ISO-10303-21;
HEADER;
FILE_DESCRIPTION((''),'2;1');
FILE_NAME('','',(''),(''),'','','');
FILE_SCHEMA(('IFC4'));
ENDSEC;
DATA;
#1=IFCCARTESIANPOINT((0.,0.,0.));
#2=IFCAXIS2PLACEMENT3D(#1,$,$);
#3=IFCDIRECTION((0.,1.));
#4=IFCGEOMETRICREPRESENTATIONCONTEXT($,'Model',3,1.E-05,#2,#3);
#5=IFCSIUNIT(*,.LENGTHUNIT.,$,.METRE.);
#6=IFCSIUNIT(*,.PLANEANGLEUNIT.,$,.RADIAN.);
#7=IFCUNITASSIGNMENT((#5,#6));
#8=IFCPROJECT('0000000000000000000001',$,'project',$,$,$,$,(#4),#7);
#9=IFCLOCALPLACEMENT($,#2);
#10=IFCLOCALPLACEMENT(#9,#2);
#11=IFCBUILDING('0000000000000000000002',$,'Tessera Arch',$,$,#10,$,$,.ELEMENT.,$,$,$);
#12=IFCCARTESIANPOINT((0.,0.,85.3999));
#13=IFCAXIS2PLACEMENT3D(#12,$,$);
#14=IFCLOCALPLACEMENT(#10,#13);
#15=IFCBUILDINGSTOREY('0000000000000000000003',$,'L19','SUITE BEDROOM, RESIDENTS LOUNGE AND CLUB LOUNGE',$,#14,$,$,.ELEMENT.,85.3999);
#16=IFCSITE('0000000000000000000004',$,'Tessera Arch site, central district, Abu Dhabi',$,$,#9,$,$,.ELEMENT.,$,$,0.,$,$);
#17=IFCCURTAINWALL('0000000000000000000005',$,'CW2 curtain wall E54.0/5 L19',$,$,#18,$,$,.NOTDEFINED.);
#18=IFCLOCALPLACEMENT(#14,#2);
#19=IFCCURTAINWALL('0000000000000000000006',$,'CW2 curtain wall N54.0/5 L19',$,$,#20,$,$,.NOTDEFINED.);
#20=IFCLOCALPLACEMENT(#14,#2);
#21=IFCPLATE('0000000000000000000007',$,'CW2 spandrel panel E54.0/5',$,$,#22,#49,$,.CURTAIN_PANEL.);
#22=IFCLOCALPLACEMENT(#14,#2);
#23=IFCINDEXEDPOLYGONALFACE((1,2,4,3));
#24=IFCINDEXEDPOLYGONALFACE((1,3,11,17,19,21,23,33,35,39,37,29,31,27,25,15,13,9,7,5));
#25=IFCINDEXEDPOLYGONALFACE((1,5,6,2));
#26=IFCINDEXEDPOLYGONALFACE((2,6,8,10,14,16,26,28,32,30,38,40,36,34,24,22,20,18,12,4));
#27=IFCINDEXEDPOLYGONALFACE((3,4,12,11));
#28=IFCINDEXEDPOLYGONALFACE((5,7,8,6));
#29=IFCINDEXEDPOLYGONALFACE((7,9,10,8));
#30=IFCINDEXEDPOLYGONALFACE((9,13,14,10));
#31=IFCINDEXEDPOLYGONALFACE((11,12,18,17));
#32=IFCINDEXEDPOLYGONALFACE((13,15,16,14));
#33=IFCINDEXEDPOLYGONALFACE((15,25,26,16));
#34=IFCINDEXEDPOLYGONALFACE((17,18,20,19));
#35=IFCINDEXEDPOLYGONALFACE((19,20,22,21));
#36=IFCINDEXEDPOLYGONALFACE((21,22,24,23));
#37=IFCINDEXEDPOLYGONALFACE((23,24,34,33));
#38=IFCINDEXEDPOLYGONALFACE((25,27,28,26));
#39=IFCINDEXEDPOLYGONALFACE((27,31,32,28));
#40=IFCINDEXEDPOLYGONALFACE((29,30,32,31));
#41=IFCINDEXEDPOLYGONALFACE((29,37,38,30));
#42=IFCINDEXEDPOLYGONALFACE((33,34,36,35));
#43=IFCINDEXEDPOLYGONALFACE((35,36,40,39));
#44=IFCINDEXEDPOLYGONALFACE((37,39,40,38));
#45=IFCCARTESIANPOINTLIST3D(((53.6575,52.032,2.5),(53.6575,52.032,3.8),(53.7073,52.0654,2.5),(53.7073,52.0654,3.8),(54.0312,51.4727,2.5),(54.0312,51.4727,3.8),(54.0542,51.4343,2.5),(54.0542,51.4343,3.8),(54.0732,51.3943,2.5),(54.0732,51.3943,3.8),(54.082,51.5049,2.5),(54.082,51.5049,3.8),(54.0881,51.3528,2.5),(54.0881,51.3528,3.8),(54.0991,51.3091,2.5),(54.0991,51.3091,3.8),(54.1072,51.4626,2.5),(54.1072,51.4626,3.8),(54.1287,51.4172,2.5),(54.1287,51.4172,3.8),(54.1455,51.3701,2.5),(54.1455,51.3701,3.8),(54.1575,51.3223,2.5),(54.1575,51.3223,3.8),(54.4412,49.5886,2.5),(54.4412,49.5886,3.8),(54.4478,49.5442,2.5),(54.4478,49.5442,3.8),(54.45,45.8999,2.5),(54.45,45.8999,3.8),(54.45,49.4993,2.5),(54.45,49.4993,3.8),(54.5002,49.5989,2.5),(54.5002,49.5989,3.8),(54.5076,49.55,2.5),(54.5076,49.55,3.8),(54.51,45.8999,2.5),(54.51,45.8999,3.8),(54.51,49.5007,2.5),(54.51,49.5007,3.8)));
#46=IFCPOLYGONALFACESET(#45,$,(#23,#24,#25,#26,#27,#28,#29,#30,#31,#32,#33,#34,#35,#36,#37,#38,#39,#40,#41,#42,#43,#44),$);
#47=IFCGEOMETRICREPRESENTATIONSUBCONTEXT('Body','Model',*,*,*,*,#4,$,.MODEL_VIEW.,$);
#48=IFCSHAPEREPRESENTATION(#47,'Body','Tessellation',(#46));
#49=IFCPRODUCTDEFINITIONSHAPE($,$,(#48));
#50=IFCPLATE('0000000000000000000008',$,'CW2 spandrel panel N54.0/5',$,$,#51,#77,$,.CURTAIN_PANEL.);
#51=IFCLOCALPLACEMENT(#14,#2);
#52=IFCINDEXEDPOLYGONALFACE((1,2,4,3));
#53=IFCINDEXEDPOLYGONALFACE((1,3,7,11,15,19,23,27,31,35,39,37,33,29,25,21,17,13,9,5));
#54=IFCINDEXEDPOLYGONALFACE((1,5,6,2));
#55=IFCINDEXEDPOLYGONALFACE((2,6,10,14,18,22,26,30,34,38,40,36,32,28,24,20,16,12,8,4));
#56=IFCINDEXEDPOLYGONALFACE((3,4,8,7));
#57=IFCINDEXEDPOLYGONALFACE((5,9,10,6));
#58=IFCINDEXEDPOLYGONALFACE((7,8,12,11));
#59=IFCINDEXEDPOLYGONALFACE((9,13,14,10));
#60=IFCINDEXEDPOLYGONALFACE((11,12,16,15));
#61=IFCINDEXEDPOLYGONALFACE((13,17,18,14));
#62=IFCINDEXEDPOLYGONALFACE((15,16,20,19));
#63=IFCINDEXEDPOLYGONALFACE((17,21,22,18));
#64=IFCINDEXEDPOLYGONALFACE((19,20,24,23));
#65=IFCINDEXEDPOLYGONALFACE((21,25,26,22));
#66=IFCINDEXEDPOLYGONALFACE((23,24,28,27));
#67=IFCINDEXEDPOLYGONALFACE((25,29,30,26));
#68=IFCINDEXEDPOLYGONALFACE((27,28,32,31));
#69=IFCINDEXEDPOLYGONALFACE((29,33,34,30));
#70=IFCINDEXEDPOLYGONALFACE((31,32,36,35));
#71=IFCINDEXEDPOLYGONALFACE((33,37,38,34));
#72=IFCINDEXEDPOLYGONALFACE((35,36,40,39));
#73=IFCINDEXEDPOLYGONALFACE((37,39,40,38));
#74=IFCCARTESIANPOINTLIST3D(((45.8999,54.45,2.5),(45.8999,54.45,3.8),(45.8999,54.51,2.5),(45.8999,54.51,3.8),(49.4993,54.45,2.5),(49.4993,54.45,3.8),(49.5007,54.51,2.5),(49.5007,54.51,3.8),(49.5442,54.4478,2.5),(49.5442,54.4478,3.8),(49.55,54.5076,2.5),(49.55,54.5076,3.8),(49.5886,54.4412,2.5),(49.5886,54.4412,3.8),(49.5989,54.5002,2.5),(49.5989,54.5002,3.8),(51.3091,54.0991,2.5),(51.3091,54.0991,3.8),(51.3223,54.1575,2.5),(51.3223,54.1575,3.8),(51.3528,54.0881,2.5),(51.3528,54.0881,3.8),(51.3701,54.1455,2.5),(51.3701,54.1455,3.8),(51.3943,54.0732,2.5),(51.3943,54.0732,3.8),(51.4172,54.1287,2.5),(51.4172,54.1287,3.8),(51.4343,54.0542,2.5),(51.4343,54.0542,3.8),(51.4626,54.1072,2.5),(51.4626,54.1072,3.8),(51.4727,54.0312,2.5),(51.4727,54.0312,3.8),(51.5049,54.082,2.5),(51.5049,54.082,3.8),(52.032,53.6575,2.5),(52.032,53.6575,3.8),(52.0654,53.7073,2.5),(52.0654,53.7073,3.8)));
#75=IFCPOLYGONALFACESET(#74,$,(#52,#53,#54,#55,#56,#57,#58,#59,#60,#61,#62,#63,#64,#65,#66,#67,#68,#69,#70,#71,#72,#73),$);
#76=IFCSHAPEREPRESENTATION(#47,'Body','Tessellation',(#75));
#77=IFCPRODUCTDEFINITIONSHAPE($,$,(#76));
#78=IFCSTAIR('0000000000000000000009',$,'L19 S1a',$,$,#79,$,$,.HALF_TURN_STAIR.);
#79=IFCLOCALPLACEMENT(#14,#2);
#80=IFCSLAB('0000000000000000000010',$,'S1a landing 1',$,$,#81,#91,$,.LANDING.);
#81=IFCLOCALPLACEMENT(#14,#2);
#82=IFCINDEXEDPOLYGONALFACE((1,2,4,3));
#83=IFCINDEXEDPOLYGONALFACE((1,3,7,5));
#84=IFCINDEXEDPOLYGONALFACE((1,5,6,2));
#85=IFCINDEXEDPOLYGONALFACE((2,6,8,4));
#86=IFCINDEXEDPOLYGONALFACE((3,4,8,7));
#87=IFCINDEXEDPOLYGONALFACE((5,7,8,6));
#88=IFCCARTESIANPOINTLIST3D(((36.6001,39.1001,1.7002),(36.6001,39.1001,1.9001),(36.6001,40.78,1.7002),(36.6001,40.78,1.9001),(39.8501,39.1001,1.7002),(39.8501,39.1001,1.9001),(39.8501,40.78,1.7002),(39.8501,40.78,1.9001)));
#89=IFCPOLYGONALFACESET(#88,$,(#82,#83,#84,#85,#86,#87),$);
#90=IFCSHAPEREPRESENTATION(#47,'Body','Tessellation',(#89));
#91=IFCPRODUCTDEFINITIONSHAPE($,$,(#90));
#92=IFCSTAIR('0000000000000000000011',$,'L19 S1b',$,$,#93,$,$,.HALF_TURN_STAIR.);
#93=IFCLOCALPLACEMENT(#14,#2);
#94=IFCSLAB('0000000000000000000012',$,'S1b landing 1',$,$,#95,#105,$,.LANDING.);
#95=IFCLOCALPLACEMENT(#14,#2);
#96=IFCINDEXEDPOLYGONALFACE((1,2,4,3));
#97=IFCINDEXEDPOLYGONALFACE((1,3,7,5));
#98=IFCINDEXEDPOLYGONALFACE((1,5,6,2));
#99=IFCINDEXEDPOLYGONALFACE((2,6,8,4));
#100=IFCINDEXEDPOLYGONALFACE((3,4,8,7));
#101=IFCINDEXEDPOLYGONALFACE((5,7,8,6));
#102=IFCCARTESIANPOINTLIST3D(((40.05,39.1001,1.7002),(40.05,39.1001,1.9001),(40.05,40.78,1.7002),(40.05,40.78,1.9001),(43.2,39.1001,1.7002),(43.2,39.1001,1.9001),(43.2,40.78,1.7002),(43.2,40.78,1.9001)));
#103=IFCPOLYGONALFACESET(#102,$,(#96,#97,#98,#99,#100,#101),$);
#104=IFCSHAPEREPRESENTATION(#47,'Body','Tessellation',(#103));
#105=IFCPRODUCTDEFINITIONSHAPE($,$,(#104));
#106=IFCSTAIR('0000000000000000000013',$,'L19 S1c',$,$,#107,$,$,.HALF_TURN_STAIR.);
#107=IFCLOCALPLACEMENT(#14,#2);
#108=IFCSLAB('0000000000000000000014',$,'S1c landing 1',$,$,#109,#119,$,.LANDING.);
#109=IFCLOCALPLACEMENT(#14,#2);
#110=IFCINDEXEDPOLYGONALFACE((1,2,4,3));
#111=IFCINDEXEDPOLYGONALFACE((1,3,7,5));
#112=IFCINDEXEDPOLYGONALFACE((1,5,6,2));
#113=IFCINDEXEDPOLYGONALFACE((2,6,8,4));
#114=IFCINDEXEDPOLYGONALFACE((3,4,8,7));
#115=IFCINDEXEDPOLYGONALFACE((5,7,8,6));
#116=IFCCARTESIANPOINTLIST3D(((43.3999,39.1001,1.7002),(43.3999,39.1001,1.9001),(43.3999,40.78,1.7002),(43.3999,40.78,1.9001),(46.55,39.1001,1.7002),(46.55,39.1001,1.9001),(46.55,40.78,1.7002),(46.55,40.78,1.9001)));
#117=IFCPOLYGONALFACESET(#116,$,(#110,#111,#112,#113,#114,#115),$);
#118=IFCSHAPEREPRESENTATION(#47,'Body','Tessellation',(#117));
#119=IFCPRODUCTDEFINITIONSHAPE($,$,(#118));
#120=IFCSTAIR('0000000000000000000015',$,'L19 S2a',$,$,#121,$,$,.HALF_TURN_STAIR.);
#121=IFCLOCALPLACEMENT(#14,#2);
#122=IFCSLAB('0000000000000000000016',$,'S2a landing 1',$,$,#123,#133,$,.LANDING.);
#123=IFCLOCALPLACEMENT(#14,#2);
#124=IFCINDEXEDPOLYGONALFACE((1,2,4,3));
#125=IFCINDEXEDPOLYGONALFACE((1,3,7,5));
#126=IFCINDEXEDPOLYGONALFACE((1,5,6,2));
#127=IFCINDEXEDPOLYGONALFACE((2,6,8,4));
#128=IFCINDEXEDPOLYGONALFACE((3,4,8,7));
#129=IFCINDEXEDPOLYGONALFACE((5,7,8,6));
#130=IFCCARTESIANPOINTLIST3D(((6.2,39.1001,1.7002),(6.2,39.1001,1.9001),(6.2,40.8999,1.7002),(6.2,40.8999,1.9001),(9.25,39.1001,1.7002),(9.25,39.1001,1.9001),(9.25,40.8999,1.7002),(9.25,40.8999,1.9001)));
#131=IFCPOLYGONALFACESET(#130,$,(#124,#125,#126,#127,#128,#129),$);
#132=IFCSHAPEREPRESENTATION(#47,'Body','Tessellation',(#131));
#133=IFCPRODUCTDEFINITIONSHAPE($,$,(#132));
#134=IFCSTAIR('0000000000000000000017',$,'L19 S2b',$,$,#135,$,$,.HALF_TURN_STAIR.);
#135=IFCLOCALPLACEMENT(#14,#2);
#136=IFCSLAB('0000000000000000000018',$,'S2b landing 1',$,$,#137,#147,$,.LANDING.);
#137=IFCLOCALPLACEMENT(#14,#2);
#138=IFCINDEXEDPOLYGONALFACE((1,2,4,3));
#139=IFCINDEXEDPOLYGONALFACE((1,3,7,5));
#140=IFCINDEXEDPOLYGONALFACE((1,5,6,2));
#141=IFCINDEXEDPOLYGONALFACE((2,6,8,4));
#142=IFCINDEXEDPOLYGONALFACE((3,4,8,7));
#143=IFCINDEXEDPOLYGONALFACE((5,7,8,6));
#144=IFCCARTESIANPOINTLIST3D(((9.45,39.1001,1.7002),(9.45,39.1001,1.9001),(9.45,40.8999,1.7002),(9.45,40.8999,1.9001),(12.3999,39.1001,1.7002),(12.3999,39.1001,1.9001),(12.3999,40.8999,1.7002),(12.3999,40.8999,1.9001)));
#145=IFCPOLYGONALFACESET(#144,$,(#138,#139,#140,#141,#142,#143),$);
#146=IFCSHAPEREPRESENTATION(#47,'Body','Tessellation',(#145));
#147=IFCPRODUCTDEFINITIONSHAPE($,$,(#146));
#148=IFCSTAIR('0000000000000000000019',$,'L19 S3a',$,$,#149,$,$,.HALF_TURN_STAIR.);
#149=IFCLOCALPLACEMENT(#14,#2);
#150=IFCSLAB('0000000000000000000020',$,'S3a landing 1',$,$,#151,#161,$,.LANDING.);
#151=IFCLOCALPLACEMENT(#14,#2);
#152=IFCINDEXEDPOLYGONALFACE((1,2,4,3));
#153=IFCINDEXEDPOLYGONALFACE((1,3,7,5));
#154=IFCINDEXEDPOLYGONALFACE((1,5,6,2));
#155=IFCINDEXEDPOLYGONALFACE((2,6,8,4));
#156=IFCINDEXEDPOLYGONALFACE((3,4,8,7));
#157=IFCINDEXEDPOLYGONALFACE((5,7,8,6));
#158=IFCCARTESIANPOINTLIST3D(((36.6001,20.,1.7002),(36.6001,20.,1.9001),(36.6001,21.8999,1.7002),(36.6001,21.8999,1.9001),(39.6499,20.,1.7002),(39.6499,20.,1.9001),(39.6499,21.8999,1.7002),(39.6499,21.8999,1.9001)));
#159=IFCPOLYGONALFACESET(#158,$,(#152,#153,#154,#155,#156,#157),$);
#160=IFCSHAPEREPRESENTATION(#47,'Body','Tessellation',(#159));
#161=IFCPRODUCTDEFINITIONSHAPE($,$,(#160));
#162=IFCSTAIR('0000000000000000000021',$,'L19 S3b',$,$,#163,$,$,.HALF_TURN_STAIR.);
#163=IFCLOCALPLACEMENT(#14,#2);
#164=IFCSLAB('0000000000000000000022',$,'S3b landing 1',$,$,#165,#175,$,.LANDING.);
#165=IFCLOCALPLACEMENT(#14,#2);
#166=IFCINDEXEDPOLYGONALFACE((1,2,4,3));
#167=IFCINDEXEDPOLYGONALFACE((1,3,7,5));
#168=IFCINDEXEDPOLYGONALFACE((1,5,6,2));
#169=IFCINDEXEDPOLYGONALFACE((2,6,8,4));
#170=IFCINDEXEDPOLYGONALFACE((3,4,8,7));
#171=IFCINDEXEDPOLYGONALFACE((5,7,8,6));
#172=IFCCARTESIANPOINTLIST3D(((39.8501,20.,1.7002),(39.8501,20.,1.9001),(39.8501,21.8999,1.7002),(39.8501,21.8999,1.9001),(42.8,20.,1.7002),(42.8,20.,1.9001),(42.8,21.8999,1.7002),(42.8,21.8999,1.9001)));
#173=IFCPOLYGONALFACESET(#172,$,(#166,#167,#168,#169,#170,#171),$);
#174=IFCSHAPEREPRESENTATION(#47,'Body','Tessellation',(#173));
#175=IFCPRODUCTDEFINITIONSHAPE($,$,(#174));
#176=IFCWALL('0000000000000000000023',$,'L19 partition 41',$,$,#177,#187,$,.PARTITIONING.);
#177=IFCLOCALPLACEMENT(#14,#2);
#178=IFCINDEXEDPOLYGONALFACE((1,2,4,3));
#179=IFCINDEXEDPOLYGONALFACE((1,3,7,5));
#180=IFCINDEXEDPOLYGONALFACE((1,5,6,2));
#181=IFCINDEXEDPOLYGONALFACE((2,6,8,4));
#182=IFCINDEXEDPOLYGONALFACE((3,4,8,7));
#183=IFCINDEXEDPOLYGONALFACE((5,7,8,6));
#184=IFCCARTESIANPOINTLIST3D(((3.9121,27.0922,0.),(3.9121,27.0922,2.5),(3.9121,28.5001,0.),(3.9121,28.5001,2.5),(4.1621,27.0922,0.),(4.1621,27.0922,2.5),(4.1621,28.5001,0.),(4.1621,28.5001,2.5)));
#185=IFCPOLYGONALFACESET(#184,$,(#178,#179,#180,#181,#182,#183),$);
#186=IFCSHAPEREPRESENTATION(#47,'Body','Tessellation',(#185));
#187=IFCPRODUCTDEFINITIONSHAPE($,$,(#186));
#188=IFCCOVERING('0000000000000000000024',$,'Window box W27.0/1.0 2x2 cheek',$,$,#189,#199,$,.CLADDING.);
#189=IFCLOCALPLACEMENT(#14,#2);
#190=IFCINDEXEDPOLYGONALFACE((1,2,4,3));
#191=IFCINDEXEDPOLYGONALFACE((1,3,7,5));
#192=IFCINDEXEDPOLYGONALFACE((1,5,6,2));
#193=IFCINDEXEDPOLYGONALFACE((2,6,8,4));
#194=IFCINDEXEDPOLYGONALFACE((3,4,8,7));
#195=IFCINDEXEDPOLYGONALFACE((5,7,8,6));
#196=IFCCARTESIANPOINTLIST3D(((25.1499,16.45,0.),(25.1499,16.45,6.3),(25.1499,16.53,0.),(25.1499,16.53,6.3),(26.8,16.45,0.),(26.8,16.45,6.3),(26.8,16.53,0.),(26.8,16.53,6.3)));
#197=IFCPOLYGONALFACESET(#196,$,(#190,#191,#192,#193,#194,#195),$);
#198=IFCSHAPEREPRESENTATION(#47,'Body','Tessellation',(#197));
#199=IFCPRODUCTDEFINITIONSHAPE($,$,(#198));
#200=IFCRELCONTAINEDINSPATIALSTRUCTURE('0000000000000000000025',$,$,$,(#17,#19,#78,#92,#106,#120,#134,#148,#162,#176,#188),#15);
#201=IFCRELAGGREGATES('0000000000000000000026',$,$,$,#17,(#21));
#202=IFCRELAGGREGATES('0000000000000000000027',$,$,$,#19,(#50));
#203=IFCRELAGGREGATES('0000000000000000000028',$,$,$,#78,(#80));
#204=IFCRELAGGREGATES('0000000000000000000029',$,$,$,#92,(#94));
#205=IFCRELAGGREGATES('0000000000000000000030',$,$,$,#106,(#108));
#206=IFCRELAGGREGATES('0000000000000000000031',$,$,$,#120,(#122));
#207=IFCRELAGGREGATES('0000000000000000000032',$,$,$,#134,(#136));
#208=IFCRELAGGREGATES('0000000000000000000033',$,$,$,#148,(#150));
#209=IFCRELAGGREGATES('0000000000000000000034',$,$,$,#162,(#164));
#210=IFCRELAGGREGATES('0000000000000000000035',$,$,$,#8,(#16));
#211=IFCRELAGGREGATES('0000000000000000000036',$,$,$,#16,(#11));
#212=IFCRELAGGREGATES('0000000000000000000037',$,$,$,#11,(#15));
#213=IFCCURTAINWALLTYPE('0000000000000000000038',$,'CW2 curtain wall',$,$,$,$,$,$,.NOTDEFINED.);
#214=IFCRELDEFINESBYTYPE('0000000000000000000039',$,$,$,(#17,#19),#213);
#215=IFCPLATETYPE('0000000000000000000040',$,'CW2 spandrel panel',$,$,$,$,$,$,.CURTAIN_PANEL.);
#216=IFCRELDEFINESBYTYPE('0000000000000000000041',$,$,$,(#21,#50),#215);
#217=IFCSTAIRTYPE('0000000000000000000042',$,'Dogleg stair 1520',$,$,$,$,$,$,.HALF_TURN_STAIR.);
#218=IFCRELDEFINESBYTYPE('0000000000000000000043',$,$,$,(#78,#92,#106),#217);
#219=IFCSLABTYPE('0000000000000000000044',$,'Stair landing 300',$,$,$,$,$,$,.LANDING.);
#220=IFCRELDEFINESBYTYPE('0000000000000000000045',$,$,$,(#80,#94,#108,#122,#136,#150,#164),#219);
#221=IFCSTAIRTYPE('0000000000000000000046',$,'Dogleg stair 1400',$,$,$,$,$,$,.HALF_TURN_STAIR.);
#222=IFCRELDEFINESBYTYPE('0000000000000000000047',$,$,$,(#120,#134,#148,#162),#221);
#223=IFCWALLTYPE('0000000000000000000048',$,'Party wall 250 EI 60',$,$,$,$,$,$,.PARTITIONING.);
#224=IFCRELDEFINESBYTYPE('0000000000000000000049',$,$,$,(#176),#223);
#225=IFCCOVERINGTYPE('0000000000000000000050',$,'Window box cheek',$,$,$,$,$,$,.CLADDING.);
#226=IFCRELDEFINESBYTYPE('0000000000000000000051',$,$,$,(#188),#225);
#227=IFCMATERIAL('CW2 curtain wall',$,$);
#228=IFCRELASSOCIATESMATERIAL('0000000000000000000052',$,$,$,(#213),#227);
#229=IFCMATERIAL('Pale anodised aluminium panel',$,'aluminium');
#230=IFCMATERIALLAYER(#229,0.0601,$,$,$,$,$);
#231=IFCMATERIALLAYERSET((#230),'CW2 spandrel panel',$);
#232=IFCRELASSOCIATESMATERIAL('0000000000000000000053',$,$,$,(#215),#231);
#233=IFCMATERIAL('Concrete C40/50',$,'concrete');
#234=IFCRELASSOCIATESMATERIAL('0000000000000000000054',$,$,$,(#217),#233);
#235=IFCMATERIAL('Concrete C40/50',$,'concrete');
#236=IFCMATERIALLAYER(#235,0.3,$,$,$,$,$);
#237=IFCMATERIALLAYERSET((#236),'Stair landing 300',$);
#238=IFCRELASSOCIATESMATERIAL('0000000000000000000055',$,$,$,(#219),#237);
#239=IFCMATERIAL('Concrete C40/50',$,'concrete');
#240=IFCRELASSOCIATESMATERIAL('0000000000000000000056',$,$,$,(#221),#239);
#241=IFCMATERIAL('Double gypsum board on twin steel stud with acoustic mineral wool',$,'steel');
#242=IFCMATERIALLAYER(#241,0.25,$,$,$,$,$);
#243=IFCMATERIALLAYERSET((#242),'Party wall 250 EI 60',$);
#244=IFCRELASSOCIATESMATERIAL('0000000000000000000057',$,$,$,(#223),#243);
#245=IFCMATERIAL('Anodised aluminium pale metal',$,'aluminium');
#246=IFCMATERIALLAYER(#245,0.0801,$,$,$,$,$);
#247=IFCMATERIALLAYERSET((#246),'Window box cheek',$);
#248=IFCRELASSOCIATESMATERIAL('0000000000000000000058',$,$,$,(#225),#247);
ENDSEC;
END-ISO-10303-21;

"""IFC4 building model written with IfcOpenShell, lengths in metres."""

from ifc_helpers import new_model, si_unit, direction, frame, frame_2d, origin, place, context, subcontext, project, spatial, polyline, rectangle, outline, extrude, material, layer, layer_set, type_object, element, aggregate, save


model = new_model("IFC4")

# Units and contexts
model_context = context("Model", 3, precision=1e-05, world=origin(), true_north=direction((0.0, 1.0)))
body_context = subcontext(model_context, "Body", "Model", "MODEL_VIEW")
ifc_project = project(units=[si_unit("LENGTHUNIT", "METRE"), si_unit("PLANEANGLEUNIT", "RADIAN")], contexts=[model_context])

# Site, building, storey
site_placement = place(None, origin())
site = spatial("IfcSite", under=ifc_project, at=site_placement, Name="Tessera Arch site, central district, Abu Dhabi", CompositionType="ELEMENT", RefElevation=0.0)
building_placement = place(site_placement, origin())
building = spatial("IfcBuilding", under=site, at=building_placement, Name="Tessera Arch", CompositionType="ELEMENT")
storey_placement = place(building_placement, frame((0.0, 0.0, 85.3999)))
storey = spatial("IfcBuildingStorey", under=building, at=storey_placement, Name="L19", Description="SUITE BEDROOM, RESIDENTS LOUNGE AND CLUB LOUNGE", CompositionType="ELEMENT", Elevation=85.3999)

# Curtain walls
ifc_material_1 = material(Name="CW2 curtain wall")
curtain_wall_type = type_object("IfcCurtainWallType", Name="CW2 curtain wall", PredefinedType="NOTDEFINED", material=ifc_material_1)
curtain_wall_1_placement = place(storey_placement, origin())
curtain_wall_1 = element("IfcCurtainWall", 1, at=curtain_wall_1_placement, inside=storey, type_object=curtain_wall_type, Name="CW2 curtain wall E54.0/5 L19", PredefinedType="NOTDEFINED")
curtain_wall_2_placement = place(storey_placement, origin())
curtain_wall_2 = element("IfcCurtainWall", 2, at=curtain_wall_2_placement, inside=storey, type_object=curtain_wall_type, Name="CW2 curtain wall N54.0/5 L19", PredefinedType="NOTDEFINED")

# Plates
ifc_material_2 = material(Name="Pale anodised aluminium panel", Category="aluminium")
ifc_layer_1 = layer(ifc_material_2, 0.0601)
ifc_layer_set_1 = layer_set([ifc_layer_1], Name="CW2 spandrel panel")
plate_type_1 = type_object("IfcPlateType", Name="CW2 spandrel panel", PredefinedType="CURTAIN_PANEL", material=ifc_layer_set_1)
plate_1_placement = place(storey_placement, frame((0.0, 0.0, 2.5)))
plate_1 = element("IfcPlate", 3, at=plate_1_placement, type_object=plate_type_1, Name="CW2 spandrel panel E54.0/5", PredefinedType="CURTAIN_PANEL", context=body_context, shape_type="SweptSolid", body=[
    extrude(outline(polyline([(54.45, 49.4993), (54.45, 45.8999), (54.51, 45.8999), (54.51, 49.5007), (54.5076, 49.55), (54.5002, 49.5989), (54.1575, 51.3223), (54.1455, 51.3701), (54.1287, 51.4172), (54.1072, 51.4626), (54.082, 51.5049), (53.7073, 52.0654), (53.6575, 52.032), (54.0312, 51.4727), (54.0542, 51.4343), (54.0732, 51.3943), (54.0881, 51.3528), (54.0991, 51.3091), (54.4412, 49.5886), (54.4478, 49.5442), (54.45, 49.4993)])), origin(), (0.0, 0.0, 1.0), 1.3),
])
aggregate(curtain_wall_1, [plate_1])
plate_2_placement = place(storey_placement, frame((0.0, 0.0, 2.5)))
plate_2 = element("IfcPlate", 4, at=plate_2_placement, type_object=plate_type_1, Name="CW2 spandrel panel N54.0/5", PredefinedType="CURTAIN_PANEL", context=body_context, shape_type="SweptSolid", body=[
    extrude(outline(polyline([(51.4727, 54.0312), (52.032, 53.6575), (52.0654, 53.7073), (51.5049, 54.082), (51.4626, 54.1072), (51.4172, 54.1287), (51.3701, 54.1455), (51.3223, 54.1575), (49.5989, 54.5002), (49.55, 54.5076), (49.5007, 54.51), (45.8999, 54.51), (45.8999, 54.45), (49.4993, 54.45), (49.5442, 54.4478), (49.5886, 54.4412), (51.3091, 54.0991), (51.3528, 54.0881), (51.3943, 54.0732), (51.4343, 54.0542), (51.4727, 54.0312)])), origin(), (0.0, 0.0, 1.0), 1.3),
])
aggregate(curtain_wall_2, [plate_2])

# Stairs, slabs
ifc_material_3 = material(Name="Concrete C40/50", Category="concrete")
stair_type_1 = type_object("IfcStairType", Name="Dogleg stair 1520", PredefinedType="HALF_TURN_STAIR", material=ifc_material_3)
stair_1_placement = place(storey_placement, origin())
stair_1 = element("IfcStair", 5, at=stair_1_placement, inside=storey, type_object=stair_type_1, Name="L19 S1a", PredefinedType="HALF_TURN_STAIR")
ifc_material_4 = material(Name="Concrete C40/50", Category="concrete")
ifc_layer_2 = layer(ifc_material_4, 0.3)
ifc_layer_set_2 = layer_set([ifc_layer_2], Name="Stair landing 300")
slab_type = type_object("IfcSlabType", Name="Stair landing 300", PredefinedType="LANDING", material=ifc_layer_set_2)
slab_1_placement = place(storey_placement, frame((0.0, 0.0, 1.7002)))
slab_1 = element("IfcSlab", 6, at=slab_1_placement, type_object=slab_type, Name="S1a landing 1", PredefinedType="LANDING", context=body_context, shape_type="SweptSolid", body=[
    extrude(outline(polyline([(36.6001, 40.78), (36.6001, 39.1001), (39.8501, 39.1001), (39.8501, 40.78), (36.6001, 40.78)])), origin(), (0.0, 0.0, 1.0), 0.2),
])
aggregate(stair_1, [slab_1])
stair_2_placement = place(storey_placement, origin())
stair_2 = element("IfcStair", 7, at=stair_2_placement, inside=storey, type_object=stair_type_1, Name="L19 S1b", PredefinedType="HALF_TURN_STAIR")
slab_2_placement = place(storey_placement, frame((0.0, 0.0, 1.7002)))
slab_2 = element("IfcSlab", 8, at=slab_2_placement, type_object=slab_type, Name="S1b landing 1", PredefinedType="LANDING", context=body_context, shape_type="SweptSolid", body=[
    extrude(outline(polyline([(40.05, 40.78), (40.05, 39.1001), (43.2, 39.1001), (43.2, 40.78), (40.05, 40.78)])), origin(), (0.0, 0.0, 1.0), 0.2),
])
aggregate(stair_2, [slab_2])
stair_3_placement = place(storey_placement, origin())
stair_3 = element("IfcStair", 9, at=stair_3_placement, inside=storey, type_object=stair_type_1, Name="L19 S1c", PredefinedType="HALF_TURN_STAIR")
slab_3_placement = place(storey_placement, frame((0.0, 0.0, 1.7002)))
slab_3 = element("IfcSlab", 10, at=slab_3_placement, type_object=slab_type, Name="S1c landing 1", PredefinedType="LANDING", context=body_context, shape_type="SweptSolid", body=[
    extrude(outline(polyline([(43.3999, 40.78), (43.3999, 39.1001), (46.55, 39.1001), (46.55, 40.78), (43.3999, 40.78)])), origin(), (0.0, 0.0, 1.0), 0.2),
])
aggregate(stair_3, [slab_3])
ifc_material_5 = material(Name="Concrete C40/50", Category="concrete")
stair_type_2 = type_object("IfcStairType", Name="Dogleg stair 1400", PredefinedType="HALF_TURN_STAIR", material=ifc_material_5)
stair_4_placement = place(storey_placement, origin())
stair_4 = element("IfcStair", 11, at=stair_4_placement, inside=storey, type_object=stair_type_2, Name="L19 S2a", PredefinedType="HALF_TURN_STAIR")
slab_4_placement = place(storey_placement, frame((0.0, 0.0, 1.7002)))
slab_4 = element("IfcSlab", 12, at=slab_4_placement, type_object=slab_type, Name="S2a landing 1", PredefinedType="LANDING", context=body_context, shape_type="SweptSolid", body=[
    extrude(outline(polyline([(6.2, 40.8999), (6.2, 39.1001), (9.25, 39.1001), (9.25, 40.8999), (6.2, 40.8999)])), origin(), (0.0, 0.0, 1.0), 0.2),
])
aggregate(stair_4, [slab_4])
stair_5_placement = place(storey_placement, origin())
stair_5 = element("IfcStair", 13, at=stair_5_placement, inside=storey, type_object=stair_type_2, Name="L19 S2b", PredefinedType="HALF_TURN_STAIR")
slab_5_placement = place(storey_placement, frame((0.0, 0.0, 1.7002)))
slab_5 = element("IfcSlab", 14, at=slab_5_placement, type_object=slab_type, Name="S2b landing 1", PredefinedType="LANDING", context=body_context, shape_type="SweptSolid", body=[
    extrude(outline(polyline([(9.45, 40.8999), (9.45, 39.1001), (12.3999, 39.1001), (12.3999, 40.8999), (9.45, 40.8999)])), origin(), (0.0, 0.0, 1.0), 0.2),
])
aggregate(stair_5, [slab_5])
stair_6_placement = place(storey_placement, origin())
stair_6 = element("IfcStair", 15, at=stair_6_placement, inside=storey, type_object=stair_type_2, Name="L19 S3a", PredefinedType="HALF_TURN_STAIR")
slab_6_placement = place(storey_placement, frame((0.0, 0.0, 1.7002)))
slab_6 = element("IfcSlab", 16, at=slab_6_placement, type_object=slab_type, Name="S3a landing 1", PredefinedType="LANDING", context=body_context, shape_type="SweptSolid", body=[
    extrude(outline(polyline([(39.6499, 20.0), (39.6499, 21.8999), (36.6001, 21.8999), (36.6001, 20.0), (39.6499, 20.0)])), origin(), (0.0, 0.0, 1.0), 0.2),
])
aggregate(stair_6, [slab_6])
stair_7_placement = place(storey_placement, origin())
stair_7 = element("IfcStair", 17, at=stair_7_placement, inside=storey, type_object=stair_type_2, Name="L19 S3b", PredefinedType="HALF_TURN_STAIR")
slab_7_placement = place(storey_placement, frame((0.0, 0.0, 1.7002)))
slab_7 = element("IfcSlab", 18, at=slab_7_placement, type_object=slab_type, Name="S3b landing 1", PredefinedType="LANDING", context=body_context, shape_type="SweptSolid", body=[
    extrude(outline(polyline([(42.8, 20.0), (42.8, 21.8999), (39.8501, 21.8999), (39.8501, 20.0), (42.8, 20.0)])), origin(), (0.0, 0.0, 1.0), 0.2),
])
aggregate(stair_7, [slab_7])

# Wall
ifc_material_6 = material(Name="Double gypsum board on twin steel stud with acoustic mineral wool", Category="steel")
ifc_layer_3 = layer(ifc_material_6, 0.25)
ifc_layer_set_3 = layer_set([ifc_layer_3], Name="Party wall 250 EI 60")
wall_type = type_object("IfcWallType", Name="Party wall 250 EI 60", PredefinedType="PARTITIONING", material=ifc_layer_set_3)
wall_placement = place(storey_placement, frame((4.0371, 27.092, 0.0), z_axis=(0.0, 0.0, 1.0), x_axis=(0.0, 1.0, 0.0)))
element("IfcWall", 19, at=wall_placement, inside=storey, type_object=wall_type, Name="L19 partition 41", PredefinedType="PARTITIONING", context=body_context, shape_type="SweptSolid", body=[
    extrude(rectangle(XDim=1.408, YDim=0.25, at=frame_2d((0.7041, 0.0))), origin(), (0.0, 0.0, 1.0), 2.5),
])

# Covering
ifc_material_7 = material(Name="Anodised aluminium pale metal", Category="aluminium")
ifc_layer_4 = layer(ifc_material_7, 0.0801)
ifc_layer_set_4 = layer_set([ifc_layer_4], Name="Window box cheek")
covering_type_1 = type_object("IfcCoveringType", Name="Window box cheek", PredefinedType="CLADDING", material=ifc_layer_set_4)
covering_1_placement = place(storey_placement, origin())
element("IfcCovering", 20, at=covering_1_placement, inside=storey, type_object=covering_type_1, Name="Window box W27.0/1.0 2x2 cheek", PredefinedType="CLADDING", context=body_context, shape_type="SweptSolid", body=[
    extrude(outline(polyline([(25.1499, 16.53), (25.1499, 16.45), (26.8, 16.45), (26.8, 16.53), (25.1499, 16.53)])), origin(), (0.0, 0.0, 1.0), 6.3),
])

save(model, "model.ifc")
